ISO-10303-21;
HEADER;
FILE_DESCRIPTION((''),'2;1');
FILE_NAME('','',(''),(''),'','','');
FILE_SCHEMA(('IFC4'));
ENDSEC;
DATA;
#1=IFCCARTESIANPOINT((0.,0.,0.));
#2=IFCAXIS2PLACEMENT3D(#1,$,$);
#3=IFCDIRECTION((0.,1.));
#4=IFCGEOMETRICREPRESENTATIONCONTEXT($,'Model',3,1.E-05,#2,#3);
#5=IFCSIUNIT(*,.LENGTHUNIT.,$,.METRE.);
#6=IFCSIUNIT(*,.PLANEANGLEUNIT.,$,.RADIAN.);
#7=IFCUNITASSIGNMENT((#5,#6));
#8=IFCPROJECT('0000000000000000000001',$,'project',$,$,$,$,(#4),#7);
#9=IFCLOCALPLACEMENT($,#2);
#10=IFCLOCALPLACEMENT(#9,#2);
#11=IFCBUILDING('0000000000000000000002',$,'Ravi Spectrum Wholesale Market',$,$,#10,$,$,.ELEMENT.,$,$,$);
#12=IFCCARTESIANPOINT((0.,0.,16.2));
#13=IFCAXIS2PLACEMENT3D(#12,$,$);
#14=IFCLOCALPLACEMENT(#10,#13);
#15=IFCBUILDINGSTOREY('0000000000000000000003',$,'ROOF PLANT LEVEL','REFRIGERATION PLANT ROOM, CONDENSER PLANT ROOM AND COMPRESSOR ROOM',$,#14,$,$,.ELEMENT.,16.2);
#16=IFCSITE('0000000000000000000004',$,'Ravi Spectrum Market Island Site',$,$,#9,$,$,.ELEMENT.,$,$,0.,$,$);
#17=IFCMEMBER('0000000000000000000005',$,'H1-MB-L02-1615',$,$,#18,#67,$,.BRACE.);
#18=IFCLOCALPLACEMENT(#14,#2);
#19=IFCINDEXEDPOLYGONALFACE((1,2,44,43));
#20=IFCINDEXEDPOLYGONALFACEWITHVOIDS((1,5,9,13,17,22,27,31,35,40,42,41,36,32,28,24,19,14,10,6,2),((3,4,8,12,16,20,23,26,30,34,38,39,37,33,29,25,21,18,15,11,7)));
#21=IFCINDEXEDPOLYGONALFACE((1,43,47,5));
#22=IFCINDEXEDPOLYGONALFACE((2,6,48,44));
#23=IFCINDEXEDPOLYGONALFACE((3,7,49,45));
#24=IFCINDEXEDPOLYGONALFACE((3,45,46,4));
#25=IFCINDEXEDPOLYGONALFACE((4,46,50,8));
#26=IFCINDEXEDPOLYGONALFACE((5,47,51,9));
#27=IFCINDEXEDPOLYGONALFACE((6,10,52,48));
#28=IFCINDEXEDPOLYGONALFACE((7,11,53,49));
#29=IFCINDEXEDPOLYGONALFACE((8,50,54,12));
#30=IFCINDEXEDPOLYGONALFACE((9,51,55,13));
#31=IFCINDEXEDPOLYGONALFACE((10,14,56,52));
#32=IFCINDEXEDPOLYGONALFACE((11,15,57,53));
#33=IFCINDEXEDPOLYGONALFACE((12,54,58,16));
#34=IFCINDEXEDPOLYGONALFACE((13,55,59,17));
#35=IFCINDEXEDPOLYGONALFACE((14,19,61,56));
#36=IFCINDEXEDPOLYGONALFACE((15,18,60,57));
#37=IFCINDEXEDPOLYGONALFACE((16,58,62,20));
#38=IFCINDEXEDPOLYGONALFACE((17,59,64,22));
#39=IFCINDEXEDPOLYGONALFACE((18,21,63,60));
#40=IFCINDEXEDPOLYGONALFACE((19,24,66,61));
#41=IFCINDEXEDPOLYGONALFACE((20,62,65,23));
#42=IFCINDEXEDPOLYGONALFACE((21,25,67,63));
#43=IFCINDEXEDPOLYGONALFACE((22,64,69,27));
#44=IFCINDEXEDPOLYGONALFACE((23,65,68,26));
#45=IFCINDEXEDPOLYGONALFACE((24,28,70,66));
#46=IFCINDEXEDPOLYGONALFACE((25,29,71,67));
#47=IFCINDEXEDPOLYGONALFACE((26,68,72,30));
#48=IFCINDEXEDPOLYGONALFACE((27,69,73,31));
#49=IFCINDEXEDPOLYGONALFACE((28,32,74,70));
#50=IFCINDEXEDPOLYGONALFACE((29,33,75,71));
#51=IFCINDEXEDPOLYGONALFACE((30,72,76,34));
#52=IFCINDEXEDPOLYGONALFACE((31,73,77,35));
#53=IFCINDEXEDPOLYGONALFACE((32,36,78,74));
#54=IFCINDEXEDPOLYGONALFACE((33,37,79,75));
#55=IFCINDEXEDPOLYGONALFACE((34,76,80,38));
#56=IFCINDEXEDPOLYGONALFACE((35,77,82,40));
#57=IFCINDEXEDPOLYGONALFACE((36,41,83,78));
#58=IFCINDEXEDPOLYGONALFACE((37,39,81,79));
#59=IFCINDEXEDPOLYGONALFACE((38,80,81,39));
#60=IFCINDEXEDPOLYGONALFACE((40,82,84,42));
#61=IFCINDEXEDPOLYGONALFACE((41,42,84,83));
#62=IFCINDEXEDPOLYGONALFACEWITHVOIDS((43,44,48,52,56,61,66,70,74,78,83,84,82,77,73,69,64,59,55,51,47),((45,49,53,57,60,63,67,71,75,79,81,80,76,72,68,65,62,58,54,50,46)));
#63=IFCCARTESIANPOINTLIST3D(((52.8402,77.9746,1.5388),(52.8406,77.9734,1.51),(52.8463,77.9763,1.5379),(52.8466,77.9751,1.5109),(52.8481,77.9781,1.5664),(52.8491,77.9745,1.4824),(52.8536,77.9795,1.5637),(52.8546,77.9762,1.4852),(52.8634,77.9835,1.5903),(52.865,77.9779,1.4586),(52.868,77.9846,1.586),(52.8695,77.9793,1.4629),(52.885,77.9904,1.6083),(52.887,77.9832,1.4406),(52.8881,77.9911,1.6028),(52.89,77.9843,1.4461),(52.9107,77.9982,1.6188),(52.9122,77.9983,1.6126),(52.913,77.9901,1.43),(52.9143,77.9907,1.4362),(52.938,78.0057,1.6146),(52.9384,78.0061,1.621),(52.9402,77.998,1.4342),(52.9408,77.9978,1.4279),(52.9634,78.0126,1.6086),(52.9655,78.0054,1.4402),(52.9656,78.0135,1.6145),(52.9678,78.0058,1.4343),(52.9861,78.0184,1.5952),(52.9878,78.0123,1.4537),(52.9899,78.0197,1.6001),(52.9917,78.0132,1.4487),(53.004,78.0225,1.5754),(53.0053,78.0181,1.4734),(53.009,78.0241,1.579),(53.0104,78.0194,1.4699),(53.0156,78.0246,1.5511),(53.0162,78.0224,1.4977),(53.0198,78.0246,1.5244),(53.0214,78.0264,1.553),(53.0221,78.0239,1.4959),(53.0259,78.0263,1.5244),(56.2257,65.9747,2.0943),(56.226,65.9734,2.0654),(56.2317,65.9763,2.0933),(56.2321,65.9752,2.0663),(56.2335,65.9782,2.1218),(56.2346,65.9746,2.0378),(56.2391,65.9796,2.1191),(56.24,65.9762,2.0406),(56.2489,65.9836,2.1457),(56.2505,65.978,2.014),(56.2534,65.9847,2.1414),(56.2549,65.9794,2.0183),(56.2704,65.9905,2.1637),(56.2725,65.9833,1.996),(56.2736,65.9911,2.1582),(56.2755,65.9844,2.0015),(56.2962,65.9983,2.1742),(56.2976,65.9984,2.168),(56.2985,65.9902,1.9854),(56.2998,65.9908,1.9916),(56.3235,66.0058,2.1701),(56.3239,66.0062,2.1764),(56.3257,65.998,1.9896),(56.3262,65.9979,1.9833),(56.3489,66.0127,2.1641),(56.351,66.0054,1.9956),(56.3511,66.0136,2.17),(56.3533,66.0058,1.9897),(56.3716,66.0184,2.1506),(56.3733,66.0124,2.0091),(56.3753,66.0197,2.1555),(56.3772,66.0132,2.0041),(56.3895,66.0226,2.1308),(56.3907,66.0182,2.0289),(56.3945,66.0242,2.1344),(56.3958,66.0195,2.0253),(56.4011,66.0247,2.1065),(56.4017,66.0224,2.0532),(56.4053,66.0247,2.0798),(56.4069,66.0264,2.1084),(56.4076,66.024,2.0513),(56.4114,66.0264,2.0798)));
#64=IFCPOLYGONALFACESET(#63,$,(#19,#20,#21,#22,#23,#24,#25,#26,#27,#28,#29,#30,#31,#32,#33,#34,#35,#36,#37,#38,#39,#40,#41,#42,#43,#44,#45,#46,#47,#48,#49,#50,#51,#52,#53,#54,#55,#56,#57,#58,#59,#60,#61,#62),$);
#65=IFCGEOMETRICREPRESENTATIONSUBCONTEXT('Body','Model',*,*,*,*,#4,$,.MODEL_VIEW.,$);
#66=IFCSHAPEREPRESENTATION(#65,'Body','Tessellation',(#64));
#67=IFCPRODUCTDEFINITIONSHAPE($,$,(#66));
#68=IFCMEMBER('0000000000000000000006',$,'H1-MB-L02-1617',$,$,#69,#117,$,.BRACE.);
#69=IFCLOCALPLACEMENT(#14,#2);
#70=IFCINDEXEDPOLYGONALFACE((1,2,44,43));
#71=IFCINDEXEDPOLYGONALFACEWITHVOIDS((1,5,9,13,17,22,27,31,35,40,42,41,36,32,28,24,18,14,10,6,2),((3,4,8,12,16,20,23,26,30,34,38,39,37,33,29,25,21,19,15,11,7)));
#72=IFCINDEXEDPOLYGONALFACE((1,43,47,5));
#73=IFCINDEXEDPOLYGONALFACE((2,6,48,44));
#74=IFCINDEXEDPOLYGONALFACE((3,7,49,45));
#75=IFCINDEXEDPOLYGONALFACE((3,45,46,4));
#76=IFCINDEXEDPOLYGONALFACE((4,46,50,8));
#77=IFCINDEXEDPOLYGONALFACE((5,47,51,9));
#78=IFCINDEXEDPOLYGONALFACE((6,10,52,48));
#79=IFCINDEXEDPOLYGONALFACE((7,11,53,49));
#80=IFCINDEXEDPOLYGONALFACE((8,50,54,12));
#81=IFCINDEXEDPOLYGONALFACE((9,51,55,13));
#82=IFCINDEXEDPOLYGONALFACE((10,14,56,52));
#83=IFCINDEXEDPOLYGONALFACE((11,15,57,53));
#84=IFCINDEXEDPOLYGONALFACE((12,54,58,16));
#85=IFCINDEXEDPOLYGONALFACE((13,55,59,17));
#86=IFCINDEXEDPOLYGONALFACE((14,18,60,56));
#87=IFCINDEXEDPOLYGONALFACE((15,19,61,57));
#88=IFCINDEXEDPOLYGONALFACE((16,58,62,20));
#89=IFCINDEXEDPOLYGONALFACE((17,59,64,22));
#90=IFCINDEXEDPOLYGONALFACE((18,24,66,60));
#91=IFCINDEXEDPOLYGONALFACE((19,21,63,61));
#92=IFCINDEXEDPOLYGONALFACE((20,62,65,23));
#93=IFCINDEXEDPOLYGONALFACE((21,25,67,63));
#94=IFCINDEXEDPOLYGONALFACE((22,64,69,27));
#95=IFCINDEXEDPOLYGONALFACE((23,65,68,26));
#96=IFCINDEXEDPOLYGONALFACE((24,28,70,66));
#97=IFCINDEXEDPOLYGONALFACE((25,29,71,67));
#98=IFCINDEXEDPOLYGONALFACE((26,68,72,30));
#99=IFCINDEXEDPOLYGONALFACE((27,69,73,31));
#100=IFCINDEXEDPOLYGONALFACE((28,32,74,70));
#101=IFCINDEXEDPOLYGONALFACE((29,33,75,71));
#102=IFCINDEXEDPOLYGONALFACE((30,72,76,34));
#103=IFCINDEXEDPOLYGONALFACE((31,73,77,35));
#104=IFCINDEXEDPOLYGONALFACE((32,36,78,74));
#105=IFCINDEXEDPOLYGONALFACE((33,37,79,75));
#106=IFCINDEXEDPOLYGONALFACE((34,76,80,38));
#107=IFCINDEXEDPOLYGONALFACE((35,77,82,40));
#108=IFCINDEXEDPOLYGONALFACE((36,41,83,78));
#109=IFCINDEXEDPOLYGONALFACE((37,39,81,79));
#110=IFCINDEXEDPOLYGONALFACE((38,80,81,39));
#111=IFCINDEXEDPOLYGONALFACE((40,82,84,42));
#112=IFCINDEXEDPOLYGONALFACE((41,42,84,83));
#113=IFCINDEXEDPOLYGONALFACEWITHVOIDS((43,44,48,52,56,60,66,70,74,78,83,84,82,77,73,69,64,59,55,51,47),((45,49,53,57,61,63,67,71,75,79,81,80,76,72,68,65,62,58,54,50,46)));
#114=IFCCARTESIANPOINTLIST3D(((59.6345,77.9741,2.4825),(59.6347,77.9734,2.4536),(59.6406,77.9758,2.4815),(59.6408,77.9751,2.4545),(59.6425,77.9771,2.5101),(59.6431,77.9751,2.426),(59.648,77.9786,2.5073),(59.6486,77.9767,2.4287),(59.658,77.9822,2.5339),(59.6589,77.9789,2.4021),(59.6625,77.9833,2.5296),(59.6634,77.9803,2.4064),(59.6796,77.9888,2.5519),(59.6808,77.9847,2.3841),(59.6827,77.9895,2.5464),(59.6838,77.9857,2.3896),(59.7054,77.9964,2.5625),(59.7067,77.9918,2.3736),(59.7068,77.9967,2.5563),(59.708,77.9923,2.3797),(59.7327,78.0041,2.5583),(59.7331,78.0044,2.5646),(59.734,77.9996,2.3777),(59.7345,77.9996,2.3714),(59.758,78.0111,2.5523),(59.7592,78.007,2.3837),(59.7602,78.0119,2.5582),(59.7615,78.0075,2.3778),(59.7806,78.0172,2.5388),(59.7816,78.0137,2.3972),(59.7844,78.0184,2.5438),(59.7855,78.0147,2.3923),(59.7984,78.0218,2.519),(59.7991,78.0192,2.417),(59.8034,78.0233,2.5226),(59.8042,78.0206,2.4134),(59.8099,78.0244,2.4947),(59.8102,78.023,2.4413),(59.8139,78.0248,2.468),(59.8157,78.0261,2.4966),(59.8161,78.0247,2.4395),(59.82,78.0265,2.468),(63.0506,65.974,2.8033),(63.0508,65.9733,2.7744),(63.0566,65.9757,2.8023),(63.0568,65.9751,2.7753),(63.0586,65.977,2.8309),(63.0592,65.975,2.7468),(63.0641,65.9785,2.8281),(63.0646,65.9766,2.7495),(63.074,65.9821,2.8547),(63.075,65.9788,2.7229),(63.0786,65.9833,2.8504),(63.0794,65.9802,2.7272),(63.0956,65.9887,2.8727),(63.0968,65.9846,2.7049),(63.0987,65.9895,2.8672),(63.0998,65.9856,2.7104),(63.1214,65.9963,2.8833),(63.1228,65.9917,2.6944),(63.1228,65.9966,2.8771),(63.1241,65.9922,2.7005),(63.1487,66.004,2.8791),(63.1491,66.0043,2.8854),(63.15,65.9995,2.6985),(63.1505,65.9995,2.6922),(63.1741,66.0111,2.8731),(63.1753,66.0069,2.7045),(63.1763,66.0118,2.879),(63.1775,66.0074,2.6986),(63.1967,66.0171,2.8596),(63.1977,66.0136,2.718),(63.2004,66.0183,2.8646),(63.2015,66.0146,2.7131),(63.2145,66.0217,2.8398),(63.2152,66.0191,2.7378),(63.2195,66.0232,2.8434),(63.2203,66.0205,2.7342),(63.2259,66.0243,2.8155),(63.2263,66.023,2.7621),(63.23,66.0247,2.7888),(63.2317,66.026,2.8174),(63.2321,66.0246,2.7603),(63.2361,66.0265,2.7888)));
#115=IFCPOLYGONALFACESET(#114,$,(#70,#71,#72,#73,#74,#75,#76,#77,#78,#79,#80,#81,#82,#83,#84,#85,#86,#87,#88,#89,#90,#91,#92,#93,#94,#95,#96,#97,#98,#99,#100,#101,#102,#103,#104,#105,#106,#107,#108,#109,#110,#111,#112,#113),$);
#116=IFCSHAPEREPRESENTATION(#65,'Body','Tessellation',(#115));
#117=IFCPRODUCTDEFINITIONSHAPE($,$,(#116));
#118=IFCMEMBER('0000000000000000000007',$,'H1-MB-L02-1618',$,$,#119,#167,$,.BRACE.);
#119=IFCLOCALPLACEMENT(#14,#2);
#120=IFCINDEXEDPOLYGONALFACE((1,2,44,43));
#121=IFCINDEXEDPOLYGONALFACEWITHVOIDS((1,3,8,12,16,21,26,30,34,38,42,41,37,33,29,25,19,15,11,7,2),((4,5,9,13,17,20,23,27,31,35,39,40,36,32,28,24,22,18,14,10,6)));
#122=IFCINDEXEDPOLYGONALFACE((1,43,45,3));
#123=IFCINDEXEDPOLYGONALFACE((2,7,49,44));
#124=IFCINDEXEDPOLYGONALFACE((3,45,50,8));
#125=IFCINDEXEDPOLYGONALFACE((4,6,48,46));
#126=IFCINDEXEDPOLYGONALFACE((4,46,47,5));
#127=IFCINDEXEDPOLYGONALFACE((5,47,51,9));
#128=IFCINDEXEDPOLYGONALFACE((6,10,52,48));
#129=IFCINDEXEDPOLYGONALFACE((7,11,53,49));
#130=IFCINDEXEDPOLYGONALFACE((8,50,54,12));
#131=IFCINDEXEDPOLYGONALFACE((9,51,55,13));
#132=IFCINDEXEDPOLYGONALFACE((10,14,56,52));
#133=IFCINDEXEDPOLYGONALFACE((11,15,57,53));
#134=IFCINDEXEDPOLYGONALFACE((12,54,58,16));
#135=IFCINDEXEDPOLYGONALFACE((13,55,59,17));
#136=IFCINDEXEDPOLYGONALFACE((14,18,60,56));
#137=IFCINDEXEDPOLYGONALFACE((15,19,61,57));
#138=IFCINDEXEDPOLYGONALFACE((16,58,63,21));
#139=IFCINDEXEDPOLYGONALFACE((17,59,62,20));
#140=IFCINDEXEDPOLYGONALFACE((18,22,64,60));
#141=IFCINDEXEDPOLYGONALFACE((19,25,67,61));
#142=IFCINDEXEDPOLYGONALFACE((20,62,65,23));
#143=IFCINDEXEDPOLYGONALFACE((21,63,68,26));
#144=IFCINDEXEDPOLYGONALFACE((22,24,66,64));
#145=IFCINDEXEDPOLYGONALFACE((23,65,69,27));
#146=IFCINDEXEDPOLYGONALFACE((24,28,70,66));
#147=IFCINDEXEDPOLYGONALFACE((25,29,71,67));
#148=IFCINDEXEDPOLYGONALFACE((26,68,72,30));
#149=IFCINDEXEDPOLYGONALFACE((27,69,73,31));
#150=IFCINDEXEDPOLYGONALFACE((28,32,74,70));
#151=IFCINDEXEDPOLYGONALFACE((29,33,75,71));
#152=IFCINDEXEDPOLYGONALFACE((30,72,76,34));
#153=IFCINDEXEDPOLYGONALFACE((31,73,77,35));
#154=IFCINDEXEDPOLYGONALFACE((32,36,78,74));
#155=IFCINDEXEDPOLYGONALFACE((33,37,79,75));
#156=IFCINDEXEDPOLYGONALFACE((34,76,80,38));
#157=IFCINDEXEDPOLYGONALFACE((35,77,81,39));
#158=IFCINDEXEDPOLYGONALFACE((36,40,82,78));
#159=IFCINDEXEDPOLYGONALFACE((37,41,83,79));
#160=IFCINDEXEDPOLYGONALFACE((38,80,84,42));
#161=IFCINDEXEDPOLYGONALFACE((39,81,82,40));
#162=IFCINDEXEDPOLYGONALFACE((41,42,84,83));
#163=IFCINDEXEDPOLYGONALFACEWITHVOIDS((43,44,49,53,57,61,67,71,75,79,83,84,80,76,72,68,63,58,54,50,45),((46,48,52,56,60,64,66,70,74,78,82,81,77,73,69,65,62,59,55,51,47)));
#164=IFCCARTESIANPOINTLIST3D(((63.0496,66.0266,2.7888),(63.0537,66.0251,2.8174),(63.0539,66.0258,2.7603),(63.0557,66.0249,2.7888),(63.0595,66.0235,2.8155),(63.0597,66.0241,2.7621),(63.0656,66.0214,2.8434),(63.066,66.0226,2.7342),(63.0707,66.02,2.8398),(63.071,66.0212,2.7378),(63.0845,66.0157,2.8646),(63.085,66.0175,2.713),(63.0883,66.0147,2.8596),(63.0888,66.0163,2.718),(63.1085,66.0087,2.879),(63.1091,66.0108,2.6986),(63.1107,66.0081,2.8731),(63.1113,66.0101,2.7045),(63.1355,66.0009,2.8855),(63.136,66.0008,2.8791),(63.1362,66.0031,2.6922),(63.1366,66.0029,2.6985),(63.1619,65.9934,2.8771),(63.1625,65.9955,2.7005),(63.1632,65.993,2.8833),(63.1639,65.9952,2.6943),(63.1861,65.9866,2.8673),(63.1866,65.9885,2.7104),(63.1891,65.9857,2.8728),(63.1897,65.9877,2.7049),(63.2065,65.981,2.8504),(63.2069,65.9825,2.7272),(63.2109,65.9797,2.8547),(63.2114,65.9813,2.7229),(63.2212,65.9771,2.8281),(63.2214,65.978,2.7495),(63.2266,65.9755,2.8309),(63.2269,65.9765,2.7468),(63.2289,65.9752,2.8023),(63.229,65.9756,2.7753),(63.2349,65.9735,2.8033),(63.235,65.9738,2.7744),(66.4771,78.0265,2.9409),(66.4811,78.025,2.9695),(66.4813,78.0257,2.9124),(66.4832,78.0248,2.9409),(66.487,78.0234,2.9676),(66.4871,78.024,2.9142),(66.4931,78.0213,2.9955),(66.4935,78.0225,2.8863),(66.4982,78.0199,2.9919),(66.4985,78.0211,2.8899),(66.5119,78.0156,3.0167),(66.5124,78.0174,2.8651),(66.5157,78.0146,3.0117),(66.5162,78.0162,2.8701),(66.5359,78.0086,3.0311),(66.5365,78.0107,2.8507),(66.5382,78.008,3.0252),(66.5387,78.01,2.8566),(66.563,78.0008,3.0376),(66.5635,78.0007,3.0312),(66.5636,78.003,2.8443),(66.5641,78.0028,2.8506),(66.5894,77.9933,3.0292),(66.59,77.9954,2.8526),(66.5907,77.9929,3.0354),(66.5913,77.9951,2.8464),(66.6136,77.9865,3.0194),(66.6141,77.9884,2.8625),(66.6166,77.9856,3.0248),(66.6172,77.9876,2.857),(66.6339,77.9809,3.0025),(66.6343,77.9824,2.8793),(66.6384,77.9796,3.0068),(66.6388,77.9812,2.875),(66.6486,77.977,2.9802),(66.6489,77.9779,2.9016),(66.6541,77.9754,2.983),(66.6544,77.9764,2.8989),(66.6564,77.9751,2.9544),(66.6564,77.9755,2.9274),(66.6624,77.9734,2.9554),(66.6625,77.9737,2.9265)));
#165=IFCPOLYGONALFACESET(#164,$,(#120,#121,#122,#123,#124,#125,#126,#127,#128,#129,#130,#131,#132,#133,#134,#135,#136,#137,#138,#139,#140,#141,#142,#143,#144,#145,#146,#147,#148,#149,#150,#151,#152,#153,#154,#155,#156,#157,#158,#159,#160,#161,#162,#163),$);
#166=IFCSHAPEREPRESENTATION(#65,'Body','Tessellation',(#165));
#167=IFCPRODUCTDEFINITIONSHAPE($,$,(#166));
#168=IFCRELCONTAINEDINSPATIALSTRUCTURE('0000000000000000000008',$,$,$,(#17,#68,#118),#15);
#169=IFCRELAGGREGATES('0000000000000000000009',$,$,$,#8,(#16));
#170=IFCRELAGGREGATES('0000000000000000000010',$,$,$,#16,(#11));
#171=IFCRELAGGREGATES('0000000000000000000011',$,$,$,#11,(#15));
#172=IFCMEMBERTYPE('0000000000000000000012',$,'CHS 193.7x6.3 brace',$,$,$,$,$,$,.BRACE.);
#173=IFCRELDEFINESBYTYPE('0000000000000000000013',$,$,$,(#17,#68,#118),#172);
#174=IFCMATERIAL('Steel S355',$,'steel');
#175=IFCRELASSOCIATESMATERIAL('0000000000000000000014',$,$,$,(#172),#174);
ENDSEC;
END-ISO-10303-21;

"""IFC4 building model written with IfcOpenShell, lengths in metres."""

from ifc_helpers import new_model, si_unit, direction, frame, origin, origin_2d, place, context, subcontext, project, spatial, hollow_circle, extrude, material, material_profile, profile_set, type_object, element, save


model = new_model("IFC4")

# Units and contexts
model_context = context("Model", 3, precision=1e-05, world=origin(), true_north=direction((0.0, 1.0)))
body_context = subcontext(model_context, "Body", "Model", "MODEL_VIEW")
ifc_project = project(units=[si_unit("LENGTHUNIT", "METRE"), si_unit("PLANEANGLEUNIT", "RADIAN")], contexts=[model_context])

# Site, building, storey
site_placement = place(None, origin())
site = spatial("IfcSite", under=ifc_project, at=site_placement, Name="Ravi Spectrum Market Island Site", CompositionType="ELEMENT", RefElevation=0.0)
building_placement = place(site_placement, origin())
building = spatial("IfcBuilding", under=site, at=building_placement, Name="Ravi Spectrum Wholesale Market", CompositionType="ELEMENT")
storey_placement = place(building_placement, frame((0.0, 0.0, 16.2)))
storey = spatial("IfcBuildingStorey", under=building, at=storey_placement, Name="ROOF PLANT LEVEL", Description="REFRIGERATION PLANT ROOM, CONDENSER PLANT ROOM AND COMPRESSOR ROOM", CompositionType="ELEMENT", Elevation=16.2)

# Members
ifc_material_1 = material(Name="Steel S355", Category="steel")
ifc_material_profile_1 = material_profile(ifc_material_1, hollow_circle(Radius=0.0969, WallThickness=0.0063, at=origin_2d()))
ifc_profile_set_1 = profile_set([ifc_material_profile_1], Name="Steel S355")
member_type_1 = type_object("IfcMemberType", Name="CHS 193.7x6.3 brace", PredefinedType="BRACE", material=ifc_profile_set_1)
member_1_placement = place(storey_placement, frame((52.9326, 78.0, 1.5244), z_axis=(0.271257, -0.961478, 0.044502), x_axis=(0.962431, 0.271526, 0.0)))
element("IfcMember", 1, at=member_1_placement, inside=storey, type_object=member_type_1, Name="H1-MB-L02-1615", PredefinedType="BRACE", context=body_context, shape_type="SweptSolid", body=[
    extrude(hollow_circle(Radius=0.0969, WallThickness=0.0063, at=origin_2d()), origin(), (0.0, 0.0, 1.0), 12.4807),
])
member_2_placement = place(storey_placement, frame((59.7268, 78.0, 2.468), z_axis=(0.2737, -0.961472, 0.025703), x_axis=(0.961789, 0.273791, 0.0)))
element("IfcMember", 2, at=member_2_placement, inside=storey, type_object=member_type_1, Name="H1-MB-L02-1617", PredefinedType="BRACE", context=body_context, shape_type="SweptSolid", body=[
    extrude(hollow_circle(Radius=0.0969, WallThickness=0.0063, at=origin_2d()), origin(), (0.0, 0.0, 1.0), 12.481),
])
member_3_placement = place(storey_placement, frame((63.1428, 66.0, 2.7888), z_axis=(0.274621, 0.961475, 0.012187), x_axis=(-0.961547, 0.274641, 0.0)))
element("IfcMember", 3, at=member_3_placement, inside=storey, type_object=member_type_1, Name="H1-MB-L02-1618", PredefinedType="BRACE", context=body_context, shape_type="SweptSolid", body=[
    extrude(hollow_circle(Radius=0.0969, WallThickness=0.0063, at=origin_2d()), origin(), (0.0, 0.0, 1.0), 12.4807),
])

save(model, "model.ifc")
